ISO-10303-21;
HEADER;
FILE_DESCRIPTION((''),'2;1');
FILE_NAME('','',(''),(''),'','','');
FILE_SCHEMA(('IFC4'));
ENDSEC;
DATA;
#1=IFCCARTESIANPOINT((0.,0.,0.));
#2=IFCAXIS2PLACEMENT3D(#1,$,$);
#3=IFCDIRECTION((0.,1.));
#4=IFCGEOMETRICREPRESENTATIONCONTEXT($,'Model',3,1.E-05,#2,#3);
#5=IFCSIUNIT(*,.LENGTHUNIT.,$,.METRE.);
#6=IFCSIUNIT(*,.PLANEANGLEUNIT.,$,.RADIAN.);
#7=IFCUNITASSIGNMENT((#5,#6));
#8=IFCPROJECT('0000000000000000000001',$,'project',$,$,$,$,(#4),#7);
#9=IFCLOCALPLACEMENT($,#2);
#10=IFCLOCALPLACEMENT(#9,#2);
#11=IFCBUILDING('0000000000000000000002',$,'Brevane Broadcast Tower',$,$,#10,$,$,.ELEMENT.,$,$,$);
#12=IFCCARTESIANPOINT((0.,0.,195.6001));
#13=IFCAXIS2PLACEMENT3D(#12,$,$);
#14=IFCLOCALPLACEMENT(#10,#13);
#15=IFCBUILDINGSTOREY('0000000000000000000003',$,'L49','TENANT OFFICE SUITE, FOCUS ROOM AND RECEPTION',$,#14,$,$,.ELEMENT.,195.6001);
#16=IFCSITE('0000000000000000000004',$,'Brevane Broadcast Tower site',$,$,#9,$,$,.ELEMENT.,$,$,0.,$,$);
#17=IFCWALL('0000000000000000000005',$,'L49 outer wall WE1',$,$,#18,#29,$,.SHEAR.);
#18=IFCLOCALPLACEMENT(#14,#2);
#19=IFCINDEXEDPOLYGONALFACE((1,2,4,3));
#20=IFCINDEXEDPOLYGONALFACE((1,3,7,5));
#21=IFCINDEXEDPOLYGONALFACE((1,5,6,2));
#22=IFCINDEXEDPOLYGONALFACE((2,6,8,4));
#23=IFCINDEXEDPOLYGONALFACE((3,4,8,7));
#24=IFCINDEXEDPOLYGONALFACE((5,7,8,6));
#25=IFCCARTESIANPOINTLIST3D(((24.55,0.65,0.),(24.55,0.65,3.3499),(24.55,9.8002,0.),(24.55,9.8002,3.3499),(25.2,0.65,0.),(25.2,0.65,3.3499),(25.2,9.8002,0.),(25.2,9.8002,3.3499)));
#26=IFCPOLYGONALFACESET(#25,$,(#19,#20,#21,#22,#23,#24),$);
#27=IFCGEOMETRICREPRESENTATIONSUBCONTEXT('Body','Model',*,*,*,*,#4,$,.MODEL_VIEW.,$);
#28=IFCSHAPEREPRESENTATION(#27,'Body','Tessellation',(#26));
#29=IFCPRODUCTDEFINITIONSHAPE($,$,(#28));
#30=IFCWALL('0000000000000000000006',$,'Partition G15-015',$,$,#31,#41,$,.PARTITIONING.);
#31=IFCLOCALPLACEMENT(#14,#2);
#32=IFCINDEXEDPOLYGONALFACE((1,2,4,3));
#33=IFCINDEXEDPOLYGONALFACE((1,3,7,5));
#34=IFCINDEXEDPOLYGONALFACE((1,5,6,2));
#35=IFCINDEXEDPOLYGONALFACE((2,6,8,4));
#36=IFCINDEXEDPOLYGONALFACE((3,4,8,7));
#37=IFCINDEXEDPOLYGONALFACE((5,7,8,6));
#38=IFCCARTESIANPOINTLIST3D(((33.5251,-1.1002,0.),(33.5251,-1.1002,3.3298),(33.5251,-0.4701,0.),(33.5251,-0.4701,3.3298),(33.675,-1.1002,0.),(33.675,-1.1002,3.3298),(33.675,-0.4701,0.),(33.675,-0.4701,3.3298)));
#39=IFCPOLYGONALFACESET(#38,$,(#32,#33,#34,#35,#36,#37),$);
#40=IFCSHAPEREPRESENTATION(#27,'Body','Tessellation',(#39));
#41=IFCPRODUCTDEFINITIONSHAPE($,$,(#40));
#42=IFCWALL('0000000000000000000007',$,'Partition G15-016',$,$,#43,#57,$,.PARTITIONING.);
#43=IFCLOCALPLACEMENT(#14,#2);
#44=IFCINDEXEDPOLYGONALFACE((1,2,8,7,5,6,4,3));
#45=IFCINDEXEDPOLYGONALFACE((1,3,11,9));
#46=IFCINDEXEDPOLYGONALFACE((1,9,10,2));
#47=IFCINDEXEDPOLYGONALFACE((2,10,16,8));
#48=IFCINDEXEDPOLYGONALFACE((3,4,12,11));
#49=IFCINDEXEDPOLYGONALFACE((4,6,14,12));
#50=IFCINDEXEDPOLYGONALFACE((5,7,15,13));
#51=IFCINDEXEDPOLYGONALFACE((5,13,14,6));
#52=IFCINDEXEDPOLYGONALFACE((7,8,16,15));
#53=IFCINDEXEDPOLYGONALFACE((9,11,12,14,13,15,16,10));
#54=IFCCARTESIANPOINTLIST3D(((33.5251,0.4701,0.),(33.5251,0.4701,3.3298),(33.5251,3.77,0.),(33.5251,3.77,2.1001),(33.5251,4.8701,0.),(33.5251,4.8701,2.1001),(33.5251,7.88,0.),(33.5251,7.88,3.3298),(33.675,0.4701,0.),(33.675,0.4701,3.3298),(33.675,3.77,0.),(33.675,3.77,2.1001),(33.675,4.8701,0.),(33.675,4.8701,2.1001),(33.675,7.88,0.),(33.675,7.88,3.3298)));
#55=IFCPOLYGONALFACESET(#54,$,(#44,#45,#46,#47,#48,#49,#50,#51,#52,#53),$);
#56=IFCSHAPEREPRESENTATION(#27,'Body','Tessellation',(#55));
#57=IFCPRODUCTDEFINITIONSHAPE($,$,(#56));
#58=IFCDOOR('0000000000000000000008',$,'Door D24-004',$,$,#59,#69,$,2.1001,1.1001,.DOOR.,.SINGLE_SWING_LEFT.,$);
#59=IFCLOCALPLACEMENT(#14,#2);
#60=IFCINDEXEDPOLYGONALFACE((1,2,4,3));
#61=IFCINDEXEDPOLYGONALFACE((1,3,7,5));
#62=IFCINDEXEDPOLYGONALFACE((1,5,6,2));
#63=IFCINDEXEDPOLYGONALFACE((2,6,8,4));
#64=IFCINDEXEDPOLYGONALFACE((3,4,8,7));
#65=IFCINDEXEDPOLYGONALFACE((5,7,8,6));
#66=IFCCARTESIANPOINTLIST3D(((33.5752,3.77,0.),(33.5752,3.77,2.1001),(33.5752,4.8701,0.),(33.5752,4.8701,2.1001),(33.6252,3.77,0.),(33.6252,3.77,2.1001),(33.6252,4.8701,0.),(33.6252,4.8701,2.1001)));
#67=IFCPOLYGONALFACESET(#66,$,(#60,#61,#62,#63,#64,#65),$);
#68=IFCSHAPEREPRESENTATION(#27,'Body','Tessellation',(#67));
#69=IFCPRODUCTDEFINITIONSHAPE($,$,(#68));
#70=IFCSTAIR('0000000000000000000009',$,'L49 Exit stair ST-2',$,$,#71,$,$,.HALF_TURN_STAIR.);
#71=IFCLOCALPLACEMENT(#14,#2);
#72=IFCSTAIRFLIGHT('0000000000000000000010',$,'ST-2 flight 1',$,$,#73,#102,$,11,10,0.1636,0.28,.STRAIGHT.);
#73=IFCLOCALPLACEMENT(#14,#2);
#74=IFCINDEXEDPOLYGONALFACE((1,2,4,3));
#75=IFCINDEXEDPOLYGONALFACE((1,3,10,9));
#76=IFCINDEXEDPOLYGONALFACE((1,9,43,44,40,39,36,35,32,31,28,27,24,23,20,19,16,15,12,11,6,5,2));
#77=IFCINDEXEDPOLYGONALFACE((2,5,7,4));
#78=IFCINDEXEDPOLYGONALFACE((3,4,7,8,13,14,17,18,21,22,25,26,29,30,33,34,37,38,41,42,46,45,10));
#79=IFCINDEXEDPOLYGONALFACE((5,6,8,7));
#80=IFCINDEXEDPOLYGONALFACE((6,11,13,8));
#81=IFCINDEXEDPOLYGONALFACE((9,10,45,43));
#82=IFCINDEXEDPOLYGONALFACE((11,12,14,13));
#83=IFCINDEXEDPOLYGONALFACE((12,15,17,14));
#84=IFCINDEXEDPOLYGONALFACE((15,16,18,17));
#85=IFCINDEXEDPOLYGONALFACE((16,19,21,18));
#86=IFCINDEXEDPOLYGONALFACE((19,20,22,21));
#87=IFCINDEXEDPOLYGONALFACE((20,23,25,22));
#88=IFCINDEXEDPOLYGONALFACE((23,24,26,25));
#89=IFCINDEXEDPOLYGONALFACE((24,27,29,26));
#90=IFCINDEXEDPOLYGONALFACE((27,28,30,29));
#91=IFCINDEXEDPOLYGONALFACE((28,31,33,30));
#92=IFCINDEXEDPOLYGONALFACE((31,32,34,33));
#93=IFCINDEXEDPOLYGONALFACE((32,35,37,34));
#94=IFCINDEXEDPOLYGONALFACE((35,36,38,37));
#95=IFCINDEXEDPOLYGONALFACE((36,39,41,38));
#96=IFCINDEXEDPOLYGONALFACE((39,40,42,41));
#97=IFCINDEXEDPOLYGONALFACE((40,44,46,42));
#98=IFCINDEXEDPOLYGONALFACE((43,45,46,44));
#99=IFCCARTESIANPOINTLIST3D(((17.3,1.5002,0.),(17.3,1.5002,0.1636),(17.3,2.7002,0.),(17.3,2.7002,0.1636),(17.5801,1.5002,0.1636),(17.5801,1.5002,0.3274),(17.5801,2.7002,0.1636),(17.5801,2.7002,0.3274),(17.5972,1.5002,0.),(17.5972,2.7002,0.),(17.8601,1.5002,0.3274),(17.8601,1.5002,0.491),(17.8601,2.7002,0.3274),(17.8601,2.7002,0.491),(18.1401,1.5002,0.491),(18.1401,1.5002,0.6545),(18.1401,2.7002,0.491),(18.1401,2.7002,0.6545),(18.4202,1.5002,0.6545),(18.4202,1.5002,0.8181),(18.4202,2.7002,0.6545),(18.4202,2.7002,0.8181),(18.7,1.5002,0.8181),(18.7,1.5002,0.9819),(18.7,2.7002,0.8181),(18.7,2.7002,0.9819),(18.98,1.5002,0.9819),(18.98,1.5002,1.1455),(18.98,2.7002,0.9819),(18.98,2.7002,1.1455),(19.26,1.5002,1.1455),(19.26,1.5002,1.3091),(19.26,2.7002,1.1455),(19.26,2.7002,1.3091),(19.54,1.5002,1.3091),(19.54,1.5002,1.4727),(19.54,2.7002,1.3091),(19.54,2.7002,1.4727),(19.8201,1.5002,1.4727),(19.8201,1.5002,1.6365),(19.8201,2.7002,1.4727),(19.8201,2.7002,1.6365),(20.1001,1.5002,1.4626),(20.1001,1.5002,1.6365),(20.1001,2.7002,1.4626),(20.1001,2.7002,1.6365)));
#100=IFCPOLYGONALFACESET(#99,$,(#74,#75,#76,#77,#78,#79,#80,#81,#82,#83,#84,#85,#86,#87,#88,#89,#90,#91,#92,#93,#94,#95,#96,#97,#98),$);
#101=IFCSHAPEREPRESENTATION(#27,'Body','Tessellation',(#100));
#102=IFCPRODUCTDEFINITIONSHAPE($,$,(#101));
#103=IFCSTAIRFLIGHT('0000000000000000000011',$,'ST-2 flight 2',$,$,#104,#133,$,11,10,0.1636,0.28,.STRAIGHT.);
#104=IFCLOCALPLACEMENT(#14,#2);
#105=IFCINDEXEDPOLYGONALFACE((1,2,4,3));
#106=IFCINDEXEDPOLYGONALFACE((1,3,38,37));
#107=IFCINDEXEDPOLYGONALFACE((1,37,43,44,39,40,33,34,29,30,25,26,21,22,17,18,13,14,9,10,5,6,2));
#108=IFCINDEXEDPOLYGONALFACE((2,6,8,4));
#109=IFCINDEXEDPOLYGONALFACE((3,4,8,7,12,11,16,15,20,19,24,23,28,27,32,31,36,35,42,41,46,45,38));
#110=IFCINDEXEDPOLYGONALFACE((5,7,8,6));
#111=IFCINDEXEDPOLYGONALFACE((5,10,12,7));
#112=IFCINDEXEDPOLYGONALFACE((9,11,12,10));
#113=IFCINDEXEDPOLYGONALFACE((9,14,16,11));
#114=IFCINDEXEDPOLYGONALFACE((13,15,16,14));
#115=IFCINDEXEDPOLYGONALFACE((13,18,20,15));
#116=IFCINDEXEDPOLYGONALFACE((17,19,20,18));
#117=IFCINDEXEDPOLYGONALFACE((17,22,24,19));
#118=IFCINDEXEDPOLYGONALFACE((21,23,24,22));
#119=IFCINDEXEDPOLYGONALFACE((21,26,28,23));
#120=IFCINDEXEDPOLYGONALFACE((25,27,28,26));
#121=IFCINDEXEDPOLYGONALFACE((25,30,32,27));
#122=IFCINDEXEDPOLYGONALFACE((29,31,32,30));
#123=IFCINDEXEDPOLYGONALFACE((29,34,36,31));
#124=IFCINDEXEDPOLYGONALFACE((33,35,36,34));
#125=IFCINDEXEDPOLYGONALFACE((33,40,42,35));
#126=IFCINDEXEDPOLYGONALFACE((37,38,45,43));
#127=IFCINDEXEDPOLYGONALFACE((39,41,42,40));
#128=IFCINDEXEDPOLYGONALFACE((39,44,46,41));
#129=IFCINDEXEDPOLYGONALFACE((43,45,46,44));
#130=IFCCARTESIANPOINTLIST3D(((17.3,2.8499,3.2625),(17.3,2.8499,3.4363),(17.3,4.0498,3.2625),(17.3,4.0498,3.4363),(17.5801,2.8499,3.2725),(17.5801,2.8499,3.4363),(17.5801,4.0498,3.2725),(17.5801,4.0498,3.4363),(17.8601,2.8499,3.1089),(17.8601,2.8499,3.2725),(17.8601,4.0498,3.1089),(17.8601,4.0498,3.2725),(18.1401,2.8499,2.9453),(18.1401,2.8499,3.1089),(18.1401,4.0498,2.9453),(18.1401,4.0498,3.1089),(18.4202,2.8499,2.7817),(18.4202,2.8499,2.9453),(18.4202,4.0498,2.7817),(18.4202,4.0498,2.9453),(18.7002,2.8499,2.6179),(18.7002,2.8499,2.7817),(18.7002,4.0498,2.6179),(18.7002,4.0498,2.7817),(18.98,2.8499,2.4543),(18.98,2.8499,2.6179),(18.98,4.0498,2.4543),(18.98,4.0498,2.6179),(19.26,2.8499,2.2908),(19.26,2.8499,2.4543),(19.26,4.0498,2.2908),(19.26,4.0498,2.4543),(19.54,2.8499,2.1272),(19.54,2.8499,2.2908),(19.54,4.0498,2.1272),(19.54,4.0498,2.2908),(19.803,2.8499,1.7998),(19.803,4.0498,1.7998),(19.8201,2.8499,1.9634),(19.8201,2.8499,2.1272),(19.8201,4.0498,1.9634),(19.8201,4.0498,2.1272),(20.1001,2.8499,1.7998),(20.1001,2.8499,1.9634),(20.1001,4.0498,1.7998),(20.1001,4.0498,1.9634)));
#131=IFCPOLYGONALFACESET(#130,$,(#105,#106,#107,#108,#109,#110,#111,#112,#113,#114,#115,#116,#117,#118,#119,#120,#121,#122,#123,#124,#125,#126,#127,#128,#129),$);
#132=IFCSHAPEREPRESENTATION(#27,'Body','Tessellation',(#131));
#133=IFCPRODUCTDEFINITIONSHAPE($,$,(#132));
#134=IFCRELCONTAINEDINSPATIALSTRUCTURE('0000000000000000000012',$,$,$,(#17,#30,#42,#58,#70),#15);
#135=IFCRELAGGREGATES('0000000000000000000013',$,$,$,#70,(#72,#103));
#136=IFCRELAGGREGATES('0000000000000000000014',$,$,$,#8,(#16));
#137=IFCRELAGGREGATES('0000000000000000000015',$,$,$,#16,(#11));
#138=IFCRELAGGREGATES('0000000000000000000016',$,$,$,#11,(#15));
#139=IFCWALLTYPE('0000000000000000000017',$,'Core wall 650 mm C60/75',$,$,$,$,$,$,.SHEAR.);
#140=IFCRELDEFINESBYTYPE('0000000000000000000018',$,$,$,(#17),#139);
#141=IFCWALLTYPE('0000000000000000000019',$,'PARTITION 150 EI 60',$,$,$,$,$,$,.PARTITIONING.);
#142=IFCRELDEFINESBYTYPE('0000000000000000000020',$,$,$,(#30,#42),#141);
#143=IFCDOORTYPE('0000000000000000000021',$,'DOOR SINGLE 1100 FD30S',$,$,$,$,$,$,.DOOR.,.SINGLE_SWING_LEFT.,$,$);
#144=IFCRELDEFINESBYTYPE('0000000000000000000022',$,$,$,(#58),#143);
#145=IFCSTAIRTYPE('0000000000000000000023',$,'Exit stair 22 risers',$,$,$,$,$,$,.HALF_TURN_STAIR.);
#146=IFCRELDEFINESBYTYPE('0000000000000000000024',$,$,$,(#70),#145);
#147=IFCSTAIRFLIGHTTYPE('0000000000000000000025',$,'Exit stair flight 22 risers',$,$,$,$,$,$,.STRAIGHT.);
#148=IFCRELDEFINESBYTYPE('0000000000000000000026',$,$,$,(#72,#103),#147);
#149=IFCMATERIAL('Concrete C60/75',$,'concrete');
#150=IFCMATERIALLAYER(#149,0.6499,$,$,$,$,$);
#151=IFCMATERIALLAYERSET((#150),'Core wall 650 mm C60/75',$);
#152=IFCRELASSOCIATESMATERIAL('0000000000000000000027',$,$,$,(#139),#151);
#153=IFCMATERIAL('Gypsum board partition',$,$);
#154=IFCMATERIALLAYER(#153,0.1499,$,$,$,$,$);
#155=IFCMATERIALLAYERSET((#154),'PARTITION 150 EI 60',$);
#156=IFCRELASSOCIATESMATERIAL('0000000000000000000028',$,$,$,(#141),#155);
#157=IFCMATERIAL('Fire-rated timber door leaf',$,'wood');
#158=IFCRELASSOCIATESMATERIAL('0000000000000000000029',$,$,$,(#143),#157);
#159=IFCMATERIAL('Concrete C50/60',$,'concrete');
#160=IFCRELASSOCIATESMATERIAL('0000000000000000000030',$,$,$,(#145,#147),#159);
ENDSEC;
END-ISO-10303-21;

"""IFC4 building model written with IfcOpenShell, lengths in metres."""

from ifc_helpers import new_model, si_unit, direction, frame, frame_2d, origin, place, context, subcontext, project, spatial, polyline, rectangle, outline, extrude, material, layer, layer_set, type_object, element, fill, aggregate, save


model = new_model("IFC4")

# Units and contexts
model_context = context("Model", 3, precision=1e-05, world=origin(), true_north=direction((0.0, 1.0)))
body_context = subcontext(model_context, "Body", "Model", "MODEL_VIEW")
ifc_project = project(units=[si_unit("LENGTHUNIT", "METRE"), si_unit("PLANEANGLEUNIT", "RADIAN")], contexts=[model_context])

# Site, building, storey
site_placement = place(None, origin())
site = spatial("IfcSite", under=ifc_project, at=site_placement, Name="Brevane Broadcast Tower site", CompositionType="ELEMENT", RefElevation=0.0)
building_placement = place(site_placement, origin())
building = spatial("IfcBuilding", under=site, at=building_placement, Name="Brevane Broadcast Tower", CompositionType="ELEMENT")
storey_placement = place(building_placement, frame((0.0, 0.0, 195.6001)))
storey = spatial("IfcBuildingStorey", under=building, at=storey_placement, Name="L49", Description="TENANT OFFICE SUITE, FOCUS ROOM AND RECEPTION", CompositionType="ELEMENT", Elevation=195.6001)

# Shared definitions
ifc_material_1 = material(Name="Concrete C60/75", Category="concrete")

# Walls
ifc_layer_1 = layer(ifc_material_1, 0.6499)
ifc_layer_set_1 = layer_set([ifc_layer_1], Name="Core wall 650 mm C60/75")
wall_type_1 = type_object("IfcWallType", Name="Core wall 650 mm C60/75", PredefinedType="SHEAR", material=ifc_layer_set_1)
wall_1_placement = place(storey_placement, frame((24.875, 0.6499, 0.0), z_axis=(0.0, 0.0, 1.0), x_axis=(0.0, 1.0, 0.0)))
element("IfcWall", 1, at=wall_1_placement, inside=storey, type_object=wall_type_1, Name="L49 outer wall WE1", PredefinedType="SHEAR", context=body_context, shape_type="SweptSolid", body=[
    extrude(rectangle(XDim=9.1501, YDim=0.6499, at=frame_2d((4.5752, 0.0))), origin(), (0.0, 0.0, 1.0), 3.3499),
])
ifc_material_2 = material(Name="Gypsum board partition")
ifc_layer_2 = layer(ifc_material_2, 0.1499)
ifc_layer_set_2 = layer_set([ifc_layer_2], Name="PARTITION 150 EI 60")
wall_type_2 = type_object("IfcWallType", Name="PARTITION 150 EI 60", PredefinedType="PARTITIONING", material=ifc_layer_set_2)
wall_2_placement = place(storey_placement, frame((33.6001, -1.1001, 0.0), z_axis=(0.0, 0.0, 1.0), x_axis=(0.0, 1.0, 0.0)))
element("IfcWall", 2, at=wall_2_placement, inside=storey, type_object=wall_type_2, Name="Partition G15-015", PredefinedType="PARTITIONING", context=body_context, shape_type="SweptSolid", body=[
    extrude(rectangle(XDim=0.6301, YDim=0.1499, at=frame_2d((0.3149, 0.0))), origin(), (0.0, 0.0, 1.0), 3.3298),
])

# Wall, opening, door
wall_3_placement = place(storey_placement, frame((33.6001, 0.47, 0.0), z_axis=(0.0, 0.0, 1.0), x_axis=(0.0, 1.0, 0.0)))
wall_3 = element("IfcWall", 3, at=wall_3_placement, inside=storey, type_object=wall_type_2, Name="Partition G15-016", PredefinedType="PARTITIONING", context=body_context, shape_type="SweptSolid", body=[
    extrude(rectangle(XDim=7.4099, YDim=0.1499, at=frame_2d((3.7051, 0.0))), origin(), (0.0, 0.0, 1.0), 3.3298),
])
opening_1_placement = place(wall_3_placement, frame((3.3, 0.0, 0.0)))
opening_1 = element("IfcOpeningElement", 4, at=opening_1_placement, cuts=wall_3, PredefinedType="OPENING", context=body_context, shape_type="SweptSolid", body=[
    extrude(rectangle(XDim=1.1001, YDim=2.1001, at=frame_2d((0.55, 1.05))), frame((0.0, 0.085, 0.0), z_axis=(0.0, -1.0, 0.0), x_axis=(1.0, 0.0, 0.0)), (0.0, 0.0, 1.0), 0.1699),
])
ifc_material_3 = material(Name="Fire-rated timber door leaf", Category="wood")
door_type_1 = type_object("IfcDoorType", Name="DOOR SINGLE 1100 FD30S", OperationType="SINGLE_SWING_LEFT", PredefinedType="DOOR", material=ifc_material_3)
door_1_placement = place(opening_1_placement, origin())
door_1 = element("IfcDoor", 5, at=door_1_placement, inside=storey, type_object=door_type_1, Name="Door D24-004", OperationType="SINGLE_SWING_LEFT", OverallHeight=2.1001, OverallWidth=1.1001, PredefinedType="DOOR", context=body_context, shape_type="SweptSolid", body=[
    extrude(rectangle(XDim=1.1001, YDim=2.1001, at=frame_2d((0.55, 1.05))), frame((0.0, 0.0249, 0.0), z_axis=(0.0, -1.0, 0.0), x_axis=(1.0, 0.0, 0.0)), (0.0, 0.0, 1.0), 0.05),
])
fill(opening_1, door_1)

# Stair, stair flights
ifc_material_4 = material(Name="Concrete C50/60", Category="concrete")
stair_type = type_object("IfcStairType", Name="Exit stair 22 risers", PredefinedType="HALF_TURN_STAIR", material=ifc_material_4)
stair_placement = place(storey_placement, origin())
stair = element("IfcStair", 6, at=stair_placement, inside=storey, type_object=stair_type, Name="L49 Exit stair ST-2", PredefinedType="HALF_TURN_STAIR")
stair_flight_type = type_object("IfcStairFlightType", Name="Exit stair flight 22 risers", PredefinedType="STRAIGHT", material=ifc_material_4)
stair_flight_1_placement = place(storey_placement, frame((17.3, 2.1001, 0.0), z_axis=(0.0, 0.0, 1.0), x_axis=(1.0, 0.0, 0.0)))
stair_flight_1 = element("IfcStairFlight", 7, at=stair_flight_1_placement, type_object=stair_flight_type, Name="ST-2 flight 1", NumberOfRisers=11, NumberOfTreads=10, PredefinedType="STRAIGHT", RiserHeight=0.1636, TreadLength=0.28, context=body_context, shape_type="SweptSolid", body=[
    extrude(outline(polyline([(0.0, 0.0), (0.0, 0.1636), (0.28, 0.1636), (0.28, 0.3274), (0.5601, 0.3274), (0.5601, 0.491), (0.8401, 0.491), (0.8401, 0.6545), (1.1201, 0.6545), (1.1201, 0.8181), (1.3999, 0.8181), (1.3999, 0.9819), (1.6799, 0.9819), (1.6799, 1.1455), (1.96, 1.1455), (1.96, 1.3091), (2.24, 1.3091), (2.24, 1.4727), (2.52, 1.4727), (2.52, 1.6365), (2.8, 1.6365), (2.8, 1.8), (2.8, 1.4626), (0.2971, 0.0), (0.0, 0.0)])), frame((0.0, 0.6001, 0.0), z_axis=(0.0, -1.0, 0.0), x_axis=(1.0, 0.0, 0.0)), (0.0, 0.0, 1.0), 1.2),
])
stair_flight_2_placement = place(storey_placement, frame((20.1001, 3.45, 1.7998), z_axis=(0.0, 0.0, 1.0), x_axis=(-1.0, 0.0, 0.0)))
stair_flight_2 = element("IfcStairFlight", 8, at=stair_flight_2_placement, type_object=stair_flight_type, Name="ST-2 flight 2", NumberOfRisers=11, NumberOfTreads=10, PredefinedType="STRAIGHT", RiserHeight=0.1636, TreadLength=0.28, context=body_context, shape_type="SweptSolid", body=[
    extrude(outline(polyline([(0.0, 0.0), (0.0, 0.1636), (0.28, 0.1636), (0.28, 0.3274), (0.5601, 0.3274), (0.5601, 0.491), (0.8401, 0.491), (0.8401, 0.6545), (1.1201, 0.6545), (1.1201, 0.8181), (1.3999, 0.8181), (1.3999, 0.9819), (1.6799, 0.9819), (1.6799, 1.1455), (1.96, 1.1455), (1.96, 1.3091), (2.24, 1.3091), (2.24, 1.4727), (2.52, 1.4727), (2.52, 1.6365), (2.8, 1.6365), (2.8, 1.8), (2.8, 1.4626), (0.2971, 0.0), (0.0, 0.0)])), frame((0.0, 0.6001, 0.0), z_axis=(0.0, -1.0, 0.0), x_axis=(1.0, 0.0, 0.0)), (0.0, 0.0, 1.0), 1.2),
])
aggregate(stair, [stair_flight_1, stair_flight_2])

save(model, "model.ifc")
